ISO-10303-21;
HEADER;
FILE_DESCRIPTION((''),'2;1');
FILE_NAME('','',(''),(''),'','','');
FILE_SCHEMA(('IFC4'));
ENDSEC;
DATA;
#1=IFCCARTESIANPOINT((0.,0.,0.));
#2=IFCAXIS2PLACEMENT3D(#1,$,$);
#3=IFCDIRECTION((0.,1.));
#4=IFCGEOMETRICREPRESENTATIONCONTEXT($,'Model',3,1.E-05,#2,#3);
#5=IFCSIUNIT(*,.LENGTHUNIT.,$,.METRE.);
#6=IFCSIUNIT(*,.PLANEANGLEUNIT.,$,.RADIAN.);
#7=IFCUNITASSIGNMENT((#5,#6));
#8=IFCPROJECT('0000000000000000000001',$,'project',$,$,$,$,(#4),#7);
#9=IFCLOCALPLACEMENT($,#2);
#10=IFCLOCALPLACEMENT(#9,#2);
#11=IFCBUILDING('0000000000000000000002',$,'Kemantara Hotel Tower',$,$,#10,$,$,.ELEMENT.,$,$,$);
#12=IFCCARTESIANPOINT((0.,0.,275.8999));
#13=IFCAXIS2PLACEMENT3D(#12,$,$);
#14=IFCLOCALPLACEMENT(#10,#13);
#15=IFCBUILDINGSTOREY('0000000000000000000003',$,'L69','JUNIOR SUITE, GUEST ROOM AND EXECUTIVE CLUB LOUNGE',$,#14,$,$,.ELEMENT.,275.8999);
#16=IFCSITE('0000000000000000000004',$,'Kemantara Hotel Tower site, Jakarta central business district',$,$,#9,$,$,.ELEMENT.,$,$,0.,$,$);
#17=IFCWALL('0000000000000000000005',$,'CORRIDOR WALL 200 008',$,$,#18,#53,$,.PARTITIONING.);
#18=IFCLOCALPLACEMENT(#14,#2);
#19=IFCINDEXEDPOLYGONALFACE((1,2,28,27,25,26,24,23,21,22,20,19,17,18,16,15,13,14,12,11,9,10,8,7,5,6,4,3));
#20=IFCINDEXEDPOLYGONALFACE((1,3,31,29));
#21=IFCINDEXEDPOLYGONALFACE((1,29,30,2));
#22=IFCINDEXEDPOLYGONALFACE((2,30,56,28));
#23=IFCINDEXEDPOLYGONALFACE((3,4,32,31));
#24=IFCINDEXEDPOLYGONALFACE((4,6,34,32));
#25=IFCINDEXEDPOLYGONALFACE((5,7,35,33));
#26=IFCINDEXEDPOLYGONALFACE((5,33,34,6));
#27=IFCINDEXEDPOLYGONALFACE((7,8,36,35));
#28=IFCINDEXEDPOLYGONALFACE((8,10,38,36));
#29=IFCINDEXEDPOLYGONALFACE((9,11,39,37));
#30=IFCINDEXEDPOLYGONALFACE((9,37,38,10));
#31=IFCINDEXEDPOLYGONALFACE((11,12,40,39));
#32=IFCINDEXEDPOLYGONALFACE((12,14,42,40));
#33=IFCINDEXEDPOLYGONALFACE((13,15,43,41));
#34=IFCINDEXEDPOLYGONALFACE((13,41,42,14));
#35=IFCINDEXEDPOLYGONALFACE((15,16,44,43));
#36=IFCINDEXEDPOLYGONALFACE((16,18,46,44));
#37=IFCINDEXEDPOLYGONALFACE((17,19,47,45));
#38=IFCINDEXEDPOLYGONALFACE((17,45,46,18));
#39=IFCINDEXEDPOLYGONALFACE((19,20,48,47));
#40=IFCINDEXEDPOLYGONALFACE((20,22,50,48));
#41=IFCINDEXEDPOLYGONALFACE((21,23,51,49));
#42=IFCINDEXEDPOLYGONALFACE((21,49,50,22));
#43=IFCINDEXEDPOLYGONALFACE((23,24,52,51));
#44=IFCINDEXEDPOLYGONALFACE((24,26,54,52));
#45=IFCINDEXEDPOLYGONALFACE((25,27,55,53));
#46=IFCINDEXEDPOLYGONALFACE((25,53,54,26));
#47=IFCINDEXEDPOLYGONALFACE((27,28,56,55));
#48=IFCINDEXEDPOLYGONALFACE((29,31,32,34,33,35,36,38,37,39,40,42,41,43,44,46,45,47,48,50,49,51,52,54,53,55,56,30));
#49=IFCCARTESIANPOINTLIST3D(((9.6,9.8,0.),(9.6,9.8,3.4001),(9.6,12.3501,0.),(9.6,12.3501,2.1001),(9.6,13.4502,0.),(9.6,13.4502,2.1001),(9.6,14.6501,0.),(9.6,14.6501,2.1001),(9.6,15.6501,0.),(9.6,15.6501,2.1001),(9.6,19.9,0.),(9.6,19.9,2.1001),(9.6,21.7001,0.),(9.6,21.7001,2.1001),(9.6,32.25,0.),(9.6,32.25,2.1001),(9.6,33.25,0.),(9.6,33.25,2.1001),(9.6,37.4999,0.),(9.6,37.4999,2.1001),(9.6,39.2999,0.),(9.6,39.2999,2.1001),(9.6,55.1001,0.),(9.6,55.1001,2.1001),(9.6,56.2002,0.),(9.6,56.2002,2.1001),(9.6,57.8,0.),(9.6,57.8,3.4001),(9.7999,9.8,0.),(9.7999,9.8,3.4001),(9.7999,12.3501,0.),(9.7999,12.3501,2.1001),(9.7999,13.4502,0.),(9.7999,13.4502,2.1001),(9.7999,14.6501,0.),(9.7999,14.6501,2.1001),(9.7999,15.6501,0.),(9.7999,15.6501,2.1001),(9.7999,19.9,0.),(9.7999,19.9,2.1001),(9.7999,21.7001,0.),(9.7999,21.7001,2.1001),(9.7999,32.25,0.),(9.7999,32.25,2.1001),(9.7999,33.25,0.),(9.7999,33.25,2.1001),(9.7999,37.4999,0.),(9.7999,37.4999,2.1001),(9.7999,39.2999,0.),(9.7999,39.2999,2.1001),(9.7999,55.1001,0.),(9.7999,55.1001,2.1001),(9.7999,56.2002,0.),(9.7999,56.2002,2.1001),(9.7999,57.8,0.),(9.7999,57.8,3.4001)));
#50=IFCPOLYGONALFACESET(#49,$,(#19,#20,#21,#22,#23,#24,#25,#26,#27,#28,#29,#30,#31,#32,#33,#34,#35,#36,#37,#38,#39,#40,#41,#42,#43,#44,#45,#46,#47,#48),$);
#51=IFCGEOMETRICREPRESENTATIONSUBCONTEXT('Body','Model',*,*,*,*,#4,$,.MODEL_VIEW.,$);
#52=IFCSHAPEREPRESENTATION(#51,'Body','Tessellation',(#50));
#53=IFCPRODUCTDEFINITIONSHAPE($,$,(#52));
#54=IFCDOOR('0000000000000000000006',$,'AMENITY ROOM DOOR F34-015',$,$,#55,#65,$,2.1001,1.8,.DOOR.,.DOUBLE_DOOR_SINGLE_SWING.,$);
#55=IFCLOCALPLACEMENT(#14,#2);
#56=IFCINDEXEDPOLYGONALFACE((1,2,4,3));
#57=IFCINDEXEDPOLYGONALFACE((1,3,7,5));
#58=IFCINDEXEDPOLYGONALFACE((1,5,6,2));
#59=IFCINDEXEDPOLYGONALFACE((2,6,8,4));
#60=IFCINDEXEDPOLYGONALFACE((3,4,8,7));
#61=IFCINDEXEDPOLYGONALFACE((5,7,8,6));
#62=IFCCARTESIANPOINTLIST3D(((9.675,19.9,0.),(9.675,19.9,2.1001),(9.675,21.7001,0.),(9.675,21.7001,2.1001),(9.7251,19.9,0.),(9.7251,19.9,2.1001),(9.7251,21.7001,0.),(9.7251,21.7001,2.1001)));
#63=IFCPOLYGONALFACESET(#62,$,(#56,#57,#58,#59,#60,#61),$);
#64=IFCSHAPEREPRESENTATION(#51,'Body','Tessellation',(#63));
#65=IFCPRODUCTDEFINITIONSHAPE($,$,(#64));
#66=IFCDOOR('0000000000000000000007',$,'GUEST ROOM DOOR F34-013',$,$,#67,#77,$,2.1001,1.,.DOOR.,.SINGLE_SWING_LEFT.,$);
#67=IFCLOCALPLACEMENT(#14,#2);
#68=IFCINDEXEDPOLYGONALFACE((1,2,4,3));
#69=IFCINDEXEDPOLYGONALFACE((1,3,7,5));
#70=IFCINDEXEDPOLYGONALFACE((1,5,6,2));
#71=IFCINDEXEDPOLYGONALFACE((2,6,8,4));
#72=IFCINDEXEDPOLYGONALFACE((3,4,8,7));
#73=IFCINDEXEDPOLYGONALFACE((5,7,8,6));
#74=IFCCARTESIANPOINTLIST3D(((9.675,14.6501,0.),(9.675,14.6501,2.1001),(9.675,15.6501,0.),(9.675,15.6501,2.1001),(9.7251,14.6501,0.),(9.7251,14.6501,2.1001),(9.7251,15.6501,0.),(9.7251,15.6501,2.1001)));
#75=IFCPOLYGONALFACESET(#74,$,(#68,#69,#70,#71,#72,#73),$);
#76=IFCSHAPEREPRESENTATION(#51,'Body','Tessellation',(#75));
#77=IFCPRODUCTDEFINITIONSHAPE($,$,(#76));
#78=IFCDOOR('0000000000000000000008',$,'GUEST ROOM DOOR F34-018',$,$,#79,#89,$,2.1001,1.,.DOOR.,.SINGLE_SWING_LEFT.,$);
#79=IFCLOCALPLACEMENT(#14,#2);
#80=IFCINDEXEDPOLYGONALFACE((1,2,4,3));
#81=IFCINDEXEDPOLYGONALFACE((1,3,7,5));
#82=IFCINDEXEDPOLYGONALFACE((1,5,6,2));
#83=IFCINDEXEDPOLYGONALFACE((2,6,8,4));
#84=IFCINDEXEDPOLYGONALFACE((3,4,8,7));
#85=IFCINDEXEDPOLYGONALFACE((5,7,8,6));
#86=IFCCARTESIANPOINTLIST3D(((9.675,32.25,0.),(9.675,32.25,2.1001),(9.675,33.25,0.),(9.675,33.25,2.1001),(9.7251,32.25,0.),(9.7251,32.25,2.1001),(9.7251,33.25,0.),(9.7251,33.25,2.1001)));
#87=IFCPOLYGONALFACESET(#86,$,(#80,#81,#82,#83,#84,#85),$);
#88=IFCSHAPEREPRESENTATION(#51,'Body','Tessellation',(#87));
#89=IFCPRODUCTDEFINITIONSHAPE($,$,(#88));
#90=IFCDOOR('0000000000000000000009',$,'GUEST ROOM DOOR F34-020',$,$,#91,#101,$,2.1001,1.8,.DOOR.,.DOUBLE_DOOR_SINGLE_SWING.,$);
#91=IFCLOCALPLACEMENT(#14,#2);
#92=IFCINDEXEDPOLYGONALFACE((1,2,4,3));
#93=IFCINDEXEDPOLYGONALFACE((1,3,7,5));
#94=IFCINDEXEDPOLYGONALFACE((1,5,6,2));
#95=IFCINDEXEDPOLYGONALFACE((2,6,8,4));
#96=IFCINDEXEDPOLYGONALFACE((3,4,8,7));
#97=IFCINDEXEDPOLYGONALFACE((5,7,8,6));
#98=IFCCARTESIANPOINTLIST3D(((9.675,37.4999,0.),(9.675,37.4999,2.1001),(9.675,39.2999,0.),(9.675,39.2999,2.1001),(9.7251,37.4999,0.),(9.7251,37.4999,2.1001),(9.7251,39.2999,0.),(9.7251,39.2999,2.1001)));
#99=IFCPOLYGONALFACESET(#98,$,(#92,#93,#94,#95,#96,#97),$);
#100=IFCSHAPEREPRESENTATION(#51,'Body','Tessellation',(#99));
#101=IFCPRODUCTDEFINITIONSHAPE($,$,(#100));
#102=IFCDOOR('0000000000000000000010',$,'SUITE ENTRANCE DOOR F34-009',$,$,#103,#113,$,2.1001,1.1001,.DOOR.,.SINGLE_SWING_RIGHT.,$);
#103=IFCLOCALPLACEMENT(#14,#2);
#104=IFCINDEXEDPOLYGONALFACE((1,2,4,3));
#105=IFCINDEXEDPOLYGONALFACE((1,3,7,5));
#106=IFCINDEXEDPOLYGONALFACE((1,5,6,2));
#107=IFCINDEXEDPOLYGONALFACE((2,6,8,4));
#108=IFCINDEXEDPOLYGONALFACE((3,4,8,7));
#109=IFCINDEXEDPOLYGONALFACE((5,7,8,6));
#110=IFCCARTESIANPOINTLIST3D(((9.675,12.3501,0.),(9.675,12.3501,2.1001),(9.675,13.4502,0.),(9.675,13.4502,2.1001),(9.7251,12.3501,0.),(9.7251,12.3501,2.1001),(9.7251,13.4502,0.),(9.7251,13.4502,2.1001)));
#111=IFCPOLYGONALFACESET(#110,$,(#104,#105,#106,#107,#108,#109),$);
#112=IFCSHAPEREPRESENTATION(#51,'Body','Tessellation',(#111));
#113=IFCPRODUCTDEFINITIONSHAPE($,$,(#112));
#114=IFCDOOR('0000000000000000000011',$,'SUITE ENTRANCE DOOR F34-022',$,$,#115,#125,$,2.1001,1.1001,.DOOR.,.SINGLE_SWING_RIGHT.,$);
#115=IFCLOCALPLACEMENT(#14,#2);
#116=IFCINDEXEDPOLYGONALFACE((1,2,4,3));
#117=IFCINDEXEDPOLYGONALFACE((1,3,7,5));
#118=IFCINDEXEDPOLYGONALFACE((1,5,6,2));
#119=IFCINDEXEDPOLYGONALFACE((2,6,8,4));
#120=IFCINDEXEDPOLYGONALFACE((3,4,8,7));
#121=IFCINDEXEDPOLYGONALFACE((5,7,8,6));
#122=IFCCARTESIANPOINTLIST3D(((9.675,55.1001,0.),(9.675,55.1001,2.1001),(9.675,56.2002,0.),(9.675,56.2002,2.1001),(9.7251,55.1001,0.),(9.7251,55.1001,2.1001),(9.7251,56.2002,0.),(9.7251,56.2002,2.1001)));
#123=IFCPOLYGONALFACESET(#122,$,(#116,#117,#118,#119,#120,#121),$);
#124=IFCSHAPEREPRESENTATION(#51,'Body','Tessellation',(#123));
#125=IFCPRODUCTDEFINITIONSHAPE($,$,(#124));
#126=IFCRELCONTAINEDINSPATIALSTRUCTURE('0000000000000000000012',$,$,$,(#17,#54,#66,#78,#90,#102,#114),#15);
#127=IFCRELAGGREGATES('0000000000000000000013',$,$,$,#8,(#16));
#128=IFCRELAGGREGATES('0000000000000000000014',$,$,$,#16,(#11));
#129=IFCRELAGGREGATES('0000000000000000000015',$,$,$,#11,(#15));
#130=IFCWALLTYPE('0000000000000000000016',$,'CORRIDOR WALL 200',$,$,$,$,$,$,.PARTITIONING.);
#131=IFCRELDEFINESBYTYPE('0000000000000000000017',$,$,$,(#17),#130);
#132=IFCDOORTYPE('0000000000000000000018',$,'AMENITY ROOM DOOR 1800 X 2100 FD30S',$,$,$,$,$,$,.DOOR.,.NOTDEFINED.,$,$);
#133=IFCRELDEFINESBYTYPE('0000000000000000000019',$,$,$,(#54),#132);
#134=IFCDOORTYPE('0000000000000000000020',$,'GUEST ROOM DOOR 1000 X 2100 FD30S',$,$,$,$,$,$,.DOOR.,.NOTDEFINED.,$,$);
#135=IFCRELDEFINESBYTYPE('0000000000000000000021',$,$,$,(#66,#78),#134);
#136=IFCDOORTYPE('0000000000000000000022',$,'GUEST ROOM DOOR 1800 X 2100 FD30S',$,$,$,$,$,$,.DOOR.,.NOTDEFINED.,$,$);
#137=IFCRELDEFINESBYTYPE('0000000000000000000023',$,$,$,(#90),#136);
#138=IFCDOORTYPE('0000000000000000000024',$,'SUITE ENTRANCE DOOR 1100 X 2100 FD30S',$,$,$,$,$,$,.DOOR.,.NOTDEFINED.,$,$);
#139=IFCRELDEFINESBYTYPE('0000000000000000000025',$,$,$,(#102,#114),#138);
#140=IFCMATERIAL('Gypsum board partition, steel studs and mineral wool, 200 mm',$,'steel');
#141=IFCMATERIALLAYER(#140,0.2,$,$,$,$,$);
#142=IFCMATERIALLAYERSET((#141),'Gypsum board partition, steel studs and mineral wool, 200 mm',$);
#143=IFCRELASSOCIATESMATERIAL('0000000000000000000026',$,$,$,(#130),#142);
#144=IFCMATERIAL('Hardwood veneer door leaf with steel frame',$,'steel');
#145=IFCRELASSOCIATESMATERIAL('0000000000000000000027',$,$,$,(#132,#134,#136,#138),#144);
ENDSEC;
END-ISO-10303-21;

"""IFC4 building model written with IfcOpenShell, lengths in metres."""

from ifc_helpers import new_model, si_unit, direction, frame, frame_2d, origin, place, context, subcontext, project, spatial, rectangle, extrude, material, layer, layer_set, type_object, element, fill, save


model = new_model("IFC4")

# Units and contexts
model_context = context("Model", 3, precision=1e-05, world=origin(), true_north=direction((0.0, 1.0)))
body_context = subcontext(model_context, "Body", "Model", "MODEL_VIEW")
ifc_project = project(units=[si_unit("LENGTHUNIT", "METRE"), si_unit("PLANEANGLEUNIT", "RADIAN")], contexts=[model_context])

# Site, building, storey
site_placement = place(None, origin())
site = spatial("IfcSite", under=ifc_project, at=site_placement, Name="Kemantara Hotel Tower site, Jakarta central business district", CompositionType="ELEMENT", RefElevation=0.0)
building_placement = place(site_placement, origin())
building = spatial("IfcBuilding", under=site, at=building_placement, Name="Kemantara Hotel Tower", CompositionType="ELEMENT")
storey_placement = place(building_placement, frame((0.0, 0.0, 275.8999)))
storey = spatial("IfcBuildingStorey", under=building, at=storey_placement, Name="L69", Description="JUNIOR SUITE, GUEST ROOM AND EXECUTIVE CLUB LOUNGE", CompositionType="ELEMENT", Elevation=275.8999)

# Wall, openings, doors
ifc_material_1 = material(Name="Gypsum board partition, steel studs and mineral wool, 200 mm", Category="steel")
ifc_layer_1 = layer(ifc_material_1, 0.2)
ifc_layer_set_1 = layer_set([ifc_layer_1], Name="Gypsum board partition, steel studs and mineral wool, 200 mm")
wall_type_1 = type_object("IfcWallType", Name="CORRIDOR WALL 200", PredefinedType="PARTITIONING", material=ifc_layer_set_1)
wall_1_placement = place(storey_placement, frame((9.7, 9.8, 0.0), z_axis=(0.0, 0.0, 1.0), x_axis=(0.0, 1.0, 0.0)))
wall_1 = element("IfcWall", 1, at=wall_1_placement, inside=storey, type_object=wall_type_1, Name="CORRIDOR WALL 200 008", PredefinedType="PARTITIONING", context=body_context, shape_type="SweptSolid", body=[
    extrude(rectangle(XDim=48.0, YDim=0.2, at=frame_2d((24.0, 0.0))), origin(), (0.0, 0.0, 1.0), 3.4001),
])
opening_1_placement = place(wall_1_placement, frame((2.55, 0.0, 0.0)))
opening_1 = element("IfcOpeningElement", 2, at=opening_1_placement, cuts=wall_1, PredefinedType="OPENING", context=body_context, shape_type="SweptSolid", body=[
    extrude(rectangle(XDim=1.1001, YDim=2.1001, at=frame_2d((0.55, 1.05))), frame((0.0, 0.1099, 0.0), z_axis=(0.0, -1.0, 0.0), x_axis=(1.0, 0.0, 0.0)), (0.0, 0.0, 1.0), 0.22),
])
opening_2_placement = place(wall_1_placement, frame((4.8501, 0.0, 0.0)))
opening_2 = element("IfcOpeningElement", 3, at=opening_2_placement, cuts=wall_1, PredefinedType="OPENING", context=body_context, shape_type="SweptSolid", body=[
    extrude(rectangle(XDim=1.0, YDim=2.1001, at=frame_2d((0.5, 1.05))), frame((0.0, 0.1099, 0.0), z_axis=(0.0, -1.0, 0.0), x_axis=(1.0, 0.0, 0.0)), (0.0, 0.0, 1.0), 0.22),
])
opening_3_placement = place(wall_1_placement, frame((10.1001, 0.0, 0.0)))
opening_3 = element("IfcOpeningElement", 4, at=opening_3_placement, cuts=wall_1, PredefinedType="OPENING", context=body_context, shape_type="SweptSolid", body=[
    extrude(rectangle(XDim=1.8, YDim=2.1001, at=frame_2d((0.8999, 1.05))), frame((0.0, 0.1099, 0.0), z_axis=(0.0, -1.0, 0.0), x_axis=(1.0, 0.0, 0.0)), (0.0, 0.0, 1.0), 0.22),
])
opening_4_placement = place(wall_1_placement, frame((22.45, 0.0, 0.0)))
opening_4 = element("IfcOpeningElement", 5, at=opening_4_placement, cuts=wall_1, PredefinedType="OPENING", context=body_context, shape_type="SweptSolid", body=[
    extrude(rectangle(XDim=1.0, YDim=2.1001, at=frame_2d((0.5, 1.05))), frame((0.0, 0.1099, 0.0), z_axis=(0.0, -1.0, 0.0), x_axis=(1.0, 0.0, 0.0)), (0.0, 0.0, 1.0), 0.22),
])
opening_5_placement = place(wall_1_placement, frame((27.7, 0.0, 0.0)))
opening_5 = element("IfcOpeningElement", 6, at=opening_5_placement, cuts=wall_1, PredefinedType="OPENING", context=body_context, shape_type="SweptSolid", body=[
    extrude(rectangle(XDim=1.8, YDim=2.1001, at=frame_2d((0.8999, 1.05))), frame((0.0, 0.1099, 0.0), z_axis=(0.0, -1.0, 0.0), x_axis=(1.0, 0.0, 0.0)), (0.0, 0.0, 1.0), 0.22),
])
opening_6_placement = place(wall_1_placement, frame((45.3, 0.0, 0.0)))
opening_6 = element("IfcOpeningElement", 7, at=opening_6_placement, cuts=wall_1, PredefinedType="OPENING", context=body_context, shape_type="SweptSolid", body=[
    extrude(rectangle(XDim=1.1001, YDim=2.1001, at=frame_2d((0.55, 1.05))), frame((0.0, 0.1099, 0.0), z_axis=(0.0, -1.0, 0.0), x_axis=(1.0, 0.0, 0.0)), (0.0, 0.0, 1.0), 0.22),
])
ifc_material_2 = material(Name="Hardwood veneer door leaf with steel frame", Category="steel")
door_type_1 = type_object("IfcDoorType", Name="AMENITY ROOM DOOR 1800 X 2100 FD30S", OperationType="NOTDEFINED", PredefinedType="DOOR", material=ifc_material_2)
door_1_placement = place(opening_3_placement, origin())
door_1 = element("IfcDoor", 8, at=door_1_placement, inside=storey, type_object=door_type_1, Name="AMENITY ROOM DOOR F34-015", OperationType="DOUBLE_DOOR_SINGLE_SWING", OverallHeight=2.1001, OverallWidth=1.8, PredefinedType="DOOR", context=body_context, shape_type="SweptSolid", body=[
    extrude(rectangle(XDim=1.8, YDim=2.1001, at=frame_2d((0.8999, 1.05))), frame((0.0, 0.0249, 0.0), z_axis=(0.0, -1.0, 0.0), x_axis=(1.0, 0.0, 0.0)), (0.0, 0.0, 1.0), 0.05),
])
fill(opening_3, door_1)
door_type_2 = type_object("IfcDoorType", Name="GUEST ROOM DOOR 1000 X 2100 FD30S", OperationType="NOTDEFINED", PredefinedType="DOOR", material=ifc_material_2)
door_2_placement = place(opening_2_placement, origin())
door_2 = element("IfcDoor", 9, at=door_2_placement, inside=storey, type_object=door_type_2, Name="GUEST ROOM DOOR F34-013", OperationType="SINGLE_SWING_LEFT", OverallHeight=2.1001, OverallWidth=1.0, PredefinedType="DOOR", context=body_context, shape_type="SweptSolid", body=[
    extrude(rectangle(XDim=1.0, YDim=2.1001, at=frame_2d((0.5, 1.05))), frame((0.0, 0.0249, 0.0), z_axis=(0.0, -1.0, 0.0), x_axis=(1.0, 0.0, 0.0)), (0.0, 0.0, 1.0), 0.05),
])
fill(opening_2, door_2)
door_3_placement = place(opening_4_placement, origin())
door_3 = element("IfcDoor", 10, at=door_3_placement, inside=storey, type_object=door_type_2, Name="GUEST ROOM DOOR F34-018", OperationType="SINGLE_SWING_LEFT", OverallHeight=2.1001, OverallWidth=1.0, PredefinedType="DOOR", context=body_context, shape_type="SweptSolid", body=[
    extrude(rectangle(XDim=1.0, YDim=2.1001, at=frame_2d((0.5, 1.05))), frame((0.0, 0.0249, 0.0), z_axis=(0.0, -1.0, 0.0), x_axis=(1.0, 0.0, 0.0)), (0.0, 0.0, 1.0), 0.05),
])
fill(opening_4, door_3)
door_type_3 = type_object("IfcDoorType", Name="GUEST ROOM DOOR 1800 X 2100 FD30S", OperationType="NOTDEFINED", PredefinedType="DOOR", material=ifc_material_2)
door_4_placement = place(opening_5_placement, origin())
door_4 = element("IfcDoor", 11, at=door_4_placement, inside=storey, type_object=door_type_3, Name="GUEST ROOM DOOR F34-020", OperationType="DOUBLE_DOOR_SINGLE_SWING", OverallHeight=2.1001, OverallWidth=1.8, PredefinedType="DOOR", context=body_context, shape_type="SweptSolid", body=[
    extrude(rectangle(XDim=1.8, YDim=2.1001, at=frame_2d((0.8999, 1.05))), frame((0.0, 0.0249, 0.0), z_axis=(0.0, -1.0, 0.0), x_axis=(1.0, 0.0, 0.0)), (0.0, 0.0, 1.0), 0.05),
])
fill(opening_5, door_4)
door_type_4 = type_object("IfcDoorType", Name="SUITE ENTRANCE DOOR 1100 X 2100 FD30S", OperationType="NOTDEFINED", PredefinedType="DOOR", material=ifc_material_2)
door_5_placement = place(opening_1_placement, origin())
door_5 = element("IfcDoor", 12, at=door_5_placement, inside=storey, type_object=door_type_4, Name="SUITE ENTRANCE DOOR F34-009", OperationType="SINGLE_SWING_RIGHT", OverallHeight=2.1001, OverallWidth=1.1001, PredefinedType="DOOR", context=body_context, shape_type="SweptSolid", body=[
    extrude(rectangle(XDim=1.1001, YDim=2.1001, at=frame_2d((0.55, 1.05))), frame((0.0, 0.0249, 0.0), z_axis=(0.0, -1.0, 0.0), x_axis=(1.0, 0.0, 0.0)), (0.0, 0.0, 1.0), 0.05),
])
fill(opening_1, door_5)
door_6_placement = place(opening_6_placement, origin())
door_6 = element("IfcDoor", 13, at=door_6_placement, inside=storey, type_object=door_type_4, Name="SUITE ENTRANCE DOOR F34-022", OperationType="SINGLE_SWING_RIGHT", OverallHeight=2.1001, OverallWidth=1.1001, PredefinedType="DOOR", context=body_context, shape_type="SweptSolid", body=[
    extrude(rectangle(XDim=1.1001, YDim=2.1001, at=frame_2d((0.55, 1.05))), frame((0.0, 0.0249, 0.0), z_axis=(0.0, -1.0, 0.0), x_axis=(1.0, 0.0, 0.0)), (0.0, 0.0, 1.0), 0.05),
])
fill(opening_6, door_6)

save(model, "model.ifc")
